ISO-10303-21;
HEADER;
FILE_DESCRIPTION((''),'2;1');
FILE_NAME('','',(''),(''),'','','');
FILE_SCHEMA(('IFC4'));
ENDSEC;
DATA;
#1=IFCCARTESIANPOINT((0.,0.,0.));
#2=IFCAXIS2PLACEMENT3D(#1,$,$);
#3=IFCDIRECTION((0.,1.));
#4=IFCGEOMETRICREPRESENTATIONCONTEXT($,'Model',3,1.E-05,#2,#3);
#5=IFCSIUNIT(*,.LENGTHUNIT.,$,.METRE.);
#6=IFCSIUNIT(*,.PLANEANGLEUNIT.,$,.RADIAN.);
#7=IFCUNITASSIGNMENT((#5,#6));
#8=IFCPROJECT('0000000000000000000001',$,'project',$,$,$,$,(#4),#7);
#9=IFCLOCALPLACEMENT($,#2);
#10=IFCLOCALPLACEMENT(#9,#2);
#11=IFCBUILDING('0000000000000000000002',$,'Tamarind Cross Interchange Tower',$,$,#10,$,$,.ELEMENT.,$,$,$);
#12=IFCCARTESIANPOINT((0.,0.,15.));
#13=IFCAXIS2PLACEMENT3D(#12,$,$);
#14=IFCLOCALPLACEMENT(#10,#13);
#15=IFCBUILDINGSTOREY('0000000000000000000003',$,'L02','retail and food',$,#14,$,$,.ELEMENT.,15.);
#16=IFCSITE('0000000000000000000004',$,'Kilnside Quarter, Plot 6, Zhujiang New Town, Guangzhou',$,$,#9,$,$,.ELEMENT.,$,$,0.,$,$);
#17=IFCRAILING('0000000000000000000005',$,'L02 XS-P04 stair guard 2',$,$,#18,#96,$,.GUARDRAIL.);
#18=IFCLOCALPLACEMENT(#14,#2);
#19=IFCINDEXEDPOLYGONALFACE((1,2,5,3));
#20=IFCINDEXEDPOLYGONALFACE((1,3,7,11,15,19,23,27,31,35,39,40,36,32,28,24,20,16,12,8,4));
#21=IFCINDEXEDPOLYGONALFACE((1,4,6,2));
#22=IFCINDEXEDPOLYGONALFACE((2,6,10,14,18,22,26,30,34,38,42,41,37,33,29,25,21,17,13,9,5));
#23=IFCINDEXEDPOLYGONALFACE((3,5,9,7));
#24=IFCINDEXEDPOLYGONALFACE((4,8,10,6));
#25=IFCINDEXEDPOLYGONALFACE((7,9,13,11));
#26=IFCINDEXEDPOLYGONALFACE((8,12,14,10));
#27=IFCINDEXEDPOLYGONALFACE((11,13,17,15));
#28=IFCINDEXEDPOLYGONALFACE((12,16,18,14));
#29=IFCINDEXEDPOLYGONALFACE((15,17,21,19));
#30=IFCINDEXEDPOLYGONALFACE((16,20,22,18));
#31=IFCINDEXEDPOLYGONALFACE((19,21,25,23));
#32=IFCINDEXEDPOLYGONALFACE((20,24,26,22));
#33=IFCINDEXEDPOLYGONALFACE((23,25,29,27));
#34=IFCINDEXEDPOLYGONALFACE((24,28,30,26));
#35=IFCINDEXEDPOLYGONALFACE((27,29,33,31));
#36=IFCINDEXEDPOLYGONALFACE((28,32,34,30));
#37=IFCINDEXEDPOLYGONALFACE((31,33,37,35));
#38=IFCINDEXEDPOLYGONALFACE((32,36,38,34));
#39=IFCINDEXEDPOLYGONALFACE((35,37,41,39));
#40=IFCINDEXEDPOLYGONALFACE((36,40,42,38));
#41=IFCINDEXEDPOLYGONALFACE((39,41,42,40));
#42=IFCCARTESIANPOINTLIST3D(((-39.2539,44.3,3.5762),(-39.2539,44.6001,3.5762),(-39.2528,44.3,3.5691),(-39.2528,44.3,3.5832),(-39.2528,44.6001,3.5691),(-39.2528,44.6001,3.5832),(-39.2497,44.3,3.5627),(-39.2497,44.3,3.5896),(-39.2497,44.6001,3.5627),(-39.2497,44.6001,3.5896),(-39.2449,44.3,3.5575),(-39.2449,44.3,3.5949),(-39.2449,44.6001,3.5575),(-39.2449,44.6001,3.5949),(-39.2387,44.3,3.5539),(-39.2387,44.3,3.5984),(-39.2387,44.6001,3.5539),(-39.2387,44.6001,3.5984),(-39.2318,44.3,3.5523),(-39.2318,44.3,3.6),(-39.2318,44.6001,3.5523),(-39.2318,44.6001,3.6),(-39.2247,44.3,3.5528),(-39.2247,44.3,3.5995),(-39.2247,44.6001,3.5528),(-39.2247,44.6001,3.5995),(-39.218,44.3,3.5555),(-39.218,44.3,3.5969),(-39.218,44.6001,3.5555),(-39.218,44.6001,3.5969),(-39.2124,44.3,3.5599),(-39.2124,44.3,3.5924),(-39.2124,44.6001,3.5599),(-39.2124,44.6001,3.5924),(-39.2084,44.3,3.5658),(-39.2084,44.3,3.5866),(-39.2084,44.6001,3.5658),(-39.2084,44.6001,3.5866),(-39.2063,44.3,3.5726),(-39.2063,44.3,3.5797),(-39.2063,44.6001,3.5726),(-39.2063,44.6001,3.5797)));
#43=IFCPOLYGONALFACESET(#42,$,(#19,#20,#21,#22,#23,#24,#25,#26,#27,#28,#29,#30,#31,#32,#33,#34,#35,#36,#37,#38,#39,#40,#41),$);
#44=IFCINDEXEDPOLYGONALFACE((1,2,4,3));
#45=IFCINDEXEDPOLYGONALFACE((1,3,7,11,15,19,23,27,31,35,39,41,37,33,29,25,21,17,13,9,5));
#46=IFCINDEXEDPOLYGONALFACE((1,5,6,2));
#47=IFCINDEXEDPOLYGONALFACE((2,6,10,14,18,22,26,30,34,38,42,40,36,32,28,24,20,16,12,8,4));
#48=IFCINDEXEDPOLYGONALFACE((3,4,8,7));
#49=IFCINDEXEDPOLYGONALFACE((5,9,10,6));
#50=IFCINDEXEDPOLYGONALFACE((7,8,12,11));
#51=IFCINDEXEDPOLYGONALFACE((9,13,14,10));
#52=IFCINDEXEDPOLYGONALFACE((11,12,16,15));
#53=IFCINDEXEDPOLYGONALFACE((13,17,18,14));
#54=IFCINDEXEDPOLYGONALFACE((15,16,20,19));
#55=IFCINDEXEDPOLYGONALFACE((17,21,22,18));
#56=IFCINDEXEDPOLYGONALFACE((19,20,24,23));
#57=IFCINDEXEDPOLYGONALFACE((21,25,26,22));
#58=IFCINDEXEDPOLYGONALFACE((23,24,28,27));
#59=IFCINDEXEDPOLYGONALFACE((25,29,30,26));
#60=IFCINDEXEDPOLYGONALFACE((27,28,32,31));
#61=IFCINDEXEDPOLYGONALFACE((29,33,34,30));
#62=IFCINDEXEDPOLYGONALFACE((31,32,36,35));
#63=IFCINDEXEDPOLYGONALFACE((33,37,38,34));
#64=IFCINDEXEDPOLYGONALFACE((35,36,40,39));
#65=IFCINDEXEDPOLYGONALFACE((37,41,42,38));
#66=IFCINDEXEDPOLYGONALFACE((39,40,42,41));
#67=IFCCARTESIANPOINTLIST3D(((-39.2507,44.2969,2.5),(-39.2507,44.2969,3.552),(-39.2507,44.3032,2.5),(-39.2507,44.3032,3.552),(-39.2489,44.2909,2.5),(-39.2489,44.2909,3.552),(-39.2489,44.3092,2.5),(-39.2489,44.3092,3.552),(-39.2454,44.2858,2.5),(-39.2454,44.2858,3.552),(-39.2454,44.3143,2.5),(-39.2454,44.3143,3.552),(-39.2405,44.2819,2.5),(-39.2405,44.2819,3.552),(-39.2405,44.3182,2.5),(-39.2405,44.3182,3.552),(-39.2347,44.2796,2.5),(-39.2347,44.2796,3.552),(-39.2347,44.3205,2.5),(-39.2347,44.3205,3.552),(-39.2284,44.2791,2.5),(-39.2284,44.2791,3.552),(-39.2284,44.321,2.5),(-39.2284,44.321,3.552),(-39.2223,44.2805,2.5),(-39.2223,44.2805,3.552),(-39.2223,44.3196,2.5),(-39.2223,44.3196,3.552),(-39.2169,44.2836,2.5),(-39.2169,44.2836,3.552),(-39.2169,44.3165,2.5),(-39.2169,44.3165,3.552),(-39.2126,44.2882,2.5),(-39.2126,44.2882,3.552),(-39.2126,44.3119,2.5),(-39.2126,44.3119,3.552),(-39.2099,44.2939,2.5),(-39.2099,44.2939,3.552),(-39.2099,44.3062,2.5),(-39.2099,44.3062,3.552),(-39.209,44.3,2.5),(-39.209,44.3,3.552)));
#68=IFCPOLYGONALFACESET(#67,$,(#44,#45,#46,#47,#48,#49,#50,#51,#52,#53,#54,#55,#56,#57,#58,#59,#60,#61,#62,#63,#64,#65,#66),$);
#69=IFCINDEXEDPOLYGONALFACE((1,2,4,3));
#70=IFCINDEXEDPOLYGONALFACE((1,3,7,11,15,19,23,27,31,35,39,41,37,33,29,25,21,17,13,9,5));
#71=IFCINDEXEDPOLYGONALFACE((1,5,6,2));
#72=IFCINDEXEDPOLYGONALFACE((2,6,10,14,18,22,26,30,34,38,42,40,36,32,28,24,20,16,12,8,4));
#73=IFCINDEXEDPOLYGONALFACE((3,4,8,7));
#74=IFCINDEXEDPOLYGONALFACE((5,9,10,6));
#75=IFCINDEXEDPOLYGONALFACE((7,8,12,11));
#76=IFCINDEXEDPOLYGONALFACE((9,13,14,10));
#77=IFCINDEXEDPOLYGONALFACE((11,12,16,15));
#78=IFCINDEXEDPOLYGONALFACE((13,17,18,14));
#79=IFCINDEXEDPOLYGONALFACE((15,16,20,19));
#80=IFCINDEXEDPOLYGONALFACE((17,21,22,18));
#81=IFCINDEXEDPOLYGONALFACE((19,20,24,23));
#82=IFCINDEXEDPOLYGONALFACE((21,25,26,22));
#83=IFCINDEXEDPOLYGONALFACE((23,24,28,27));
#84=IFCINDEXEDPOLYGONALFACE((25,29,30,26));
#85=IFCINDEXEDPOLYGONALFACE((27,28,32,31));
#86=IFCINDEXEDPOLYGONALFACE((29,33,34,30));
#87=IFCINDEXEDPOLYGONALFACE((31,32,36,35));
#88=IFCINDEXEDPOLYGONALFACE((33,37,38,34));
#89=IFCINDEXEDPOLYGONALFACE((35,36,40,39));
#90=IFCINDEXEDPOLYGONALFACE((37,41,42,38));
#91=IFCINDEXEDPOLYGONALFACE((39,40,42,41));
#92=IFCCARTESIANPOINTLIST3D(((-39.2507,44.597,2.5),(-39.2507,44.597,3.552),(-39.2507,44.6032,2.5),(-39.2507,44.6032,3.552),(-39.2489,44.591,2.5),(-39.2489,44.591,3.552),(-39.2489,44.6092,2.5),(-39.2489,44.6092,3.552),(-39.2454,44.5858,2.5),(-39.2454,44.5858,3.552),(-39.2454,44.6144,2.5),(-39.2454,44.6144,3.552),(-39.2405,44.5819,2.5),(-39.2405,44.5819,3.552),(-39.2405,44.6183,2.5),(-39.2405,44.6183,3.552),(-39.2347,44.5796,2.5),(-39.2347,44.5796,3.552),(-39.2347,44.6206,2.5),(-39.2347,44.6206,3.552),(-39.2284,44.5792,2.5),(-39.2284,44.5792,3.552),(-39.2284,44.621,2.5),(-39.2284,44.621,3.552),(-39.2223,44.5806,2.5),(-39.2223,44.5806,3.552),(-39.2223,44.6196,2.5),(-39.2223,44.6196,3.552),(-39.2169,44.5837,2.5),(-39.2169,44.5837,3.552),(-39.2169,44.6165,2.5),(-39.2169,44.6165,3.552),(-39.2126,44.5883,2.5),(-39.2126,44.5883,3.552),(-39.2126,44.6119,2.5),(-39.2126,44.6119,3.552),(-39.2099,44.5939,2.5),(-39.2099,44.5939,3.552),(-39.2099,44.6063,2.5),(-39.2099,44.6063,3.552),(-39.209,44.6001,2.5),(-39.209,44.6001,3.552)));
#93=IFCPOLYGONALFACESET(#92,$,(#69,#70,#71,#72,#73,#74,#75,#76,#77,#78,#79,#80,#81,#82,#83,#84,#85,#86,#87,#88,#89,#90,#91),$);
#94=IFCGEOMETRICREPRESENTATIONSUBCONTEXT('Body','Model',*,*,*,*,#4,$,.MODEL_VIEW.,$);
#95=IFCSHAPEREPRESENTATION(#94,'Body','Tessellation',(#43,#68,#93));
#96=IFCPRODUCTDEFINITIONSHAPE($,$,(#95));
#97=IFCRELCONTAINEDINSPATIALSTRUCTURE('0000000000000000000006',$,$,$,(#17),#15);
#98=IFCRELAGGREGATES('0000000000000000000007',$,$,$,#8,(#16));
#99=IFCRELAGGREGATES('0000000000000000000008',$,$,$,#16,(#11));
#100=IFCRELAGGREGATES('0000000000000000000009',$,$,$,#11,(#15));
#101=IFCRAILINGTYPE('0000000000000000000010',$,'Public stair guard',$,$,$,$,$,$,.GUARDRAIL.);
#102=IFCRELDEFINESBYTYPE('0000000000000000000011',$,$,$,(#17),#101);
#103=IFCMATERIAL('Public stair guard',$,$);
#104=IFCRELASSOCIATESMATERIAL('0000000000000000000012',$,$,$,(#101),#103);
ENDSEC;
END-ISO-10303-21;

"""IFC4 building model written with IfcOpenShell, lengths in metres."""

from ifc_helpers import new_model, si_unit, direction, frame, origin, origin_2d, place, context, subcontext, project, spatial, circle, extrude, material, type_object, element, save


model = new_model("IFC4")

# Units and contexts
model_context = context("Model", 3, precision=1e-05, world=origin(), true_north=direction((0.0, 1.0)))
body_context = subcontext(model_context, "Body", "Model", "MODEL_VIEW")
ifc_project = project(units=[si_unit("LENGTHUNIT", "METRE"), si_unit("PLANEANGLEUNIT", "RADIAN")], contexts=[model_context])

# Site, building, storey
site_placement = place(None, origin())
site = spatial("IfcSite", under=ifc_project, at=site_placement, Name="Kilnside Quarter, Plot 6, Zhujiang New Town, Guangzhou", CompositionType="ELEMENT", RefElevation=0.0)
building_placement = place(site_placement, origin())
building = spatial("IfcBuilding", under=site, at=building_placement, Name="Tamarind Cross Interchange Tower", CompositionType="ELEMENT")
storey_placement = place(building_placement, frame((0.0, 0.0, 15.0)))
storey = spatial("IfcBuildingStorey", under=building, at=storey_placement, Name="L02", Description="retail and food", CompositionType="ELEMENT", Elevation=15.0)

# Railing
ifc_material_1 = material(Name="Public stair guard")
railing_type_1 = type_object("IfcRailingType", Name="Public stair guard", PredefinedType="GUARDRAIL", material=ifc_material_1)
railing_1_placement = place(storey_placement, frame((-39.23, 44.3, 2.5)))
element("IfcRailing", 1, at=railing_1_placement, inside=storey, type_object=railing_type_1, Name="L02 XS-P04 stair guard 2", PredefinedType="GUARDRAIL", context=body_context, shape_type="SweptSolid", body=[
    extrude(circle(Radius=0.0239, at=origin_2d()), frame((0.0, 0.0, 1.0762), z_axis=(0.0, 1.0, 0.0), x_axis=(-1.0, 0.0, 0.0)), (0.0, 0.0, 1.0), 0.3),
    extrude(circle(Radius=0.021, at=origin_2d()), origin(), (0.0, 0.0, 1.0), 1.052),
    extrude(circle(Radius=0.021, at=origin_2d()), frame((0.0, 0.3, 0.0)), (0.0, 0.0, 1.0), 1.052),
])

save(model, "model.ifc")
